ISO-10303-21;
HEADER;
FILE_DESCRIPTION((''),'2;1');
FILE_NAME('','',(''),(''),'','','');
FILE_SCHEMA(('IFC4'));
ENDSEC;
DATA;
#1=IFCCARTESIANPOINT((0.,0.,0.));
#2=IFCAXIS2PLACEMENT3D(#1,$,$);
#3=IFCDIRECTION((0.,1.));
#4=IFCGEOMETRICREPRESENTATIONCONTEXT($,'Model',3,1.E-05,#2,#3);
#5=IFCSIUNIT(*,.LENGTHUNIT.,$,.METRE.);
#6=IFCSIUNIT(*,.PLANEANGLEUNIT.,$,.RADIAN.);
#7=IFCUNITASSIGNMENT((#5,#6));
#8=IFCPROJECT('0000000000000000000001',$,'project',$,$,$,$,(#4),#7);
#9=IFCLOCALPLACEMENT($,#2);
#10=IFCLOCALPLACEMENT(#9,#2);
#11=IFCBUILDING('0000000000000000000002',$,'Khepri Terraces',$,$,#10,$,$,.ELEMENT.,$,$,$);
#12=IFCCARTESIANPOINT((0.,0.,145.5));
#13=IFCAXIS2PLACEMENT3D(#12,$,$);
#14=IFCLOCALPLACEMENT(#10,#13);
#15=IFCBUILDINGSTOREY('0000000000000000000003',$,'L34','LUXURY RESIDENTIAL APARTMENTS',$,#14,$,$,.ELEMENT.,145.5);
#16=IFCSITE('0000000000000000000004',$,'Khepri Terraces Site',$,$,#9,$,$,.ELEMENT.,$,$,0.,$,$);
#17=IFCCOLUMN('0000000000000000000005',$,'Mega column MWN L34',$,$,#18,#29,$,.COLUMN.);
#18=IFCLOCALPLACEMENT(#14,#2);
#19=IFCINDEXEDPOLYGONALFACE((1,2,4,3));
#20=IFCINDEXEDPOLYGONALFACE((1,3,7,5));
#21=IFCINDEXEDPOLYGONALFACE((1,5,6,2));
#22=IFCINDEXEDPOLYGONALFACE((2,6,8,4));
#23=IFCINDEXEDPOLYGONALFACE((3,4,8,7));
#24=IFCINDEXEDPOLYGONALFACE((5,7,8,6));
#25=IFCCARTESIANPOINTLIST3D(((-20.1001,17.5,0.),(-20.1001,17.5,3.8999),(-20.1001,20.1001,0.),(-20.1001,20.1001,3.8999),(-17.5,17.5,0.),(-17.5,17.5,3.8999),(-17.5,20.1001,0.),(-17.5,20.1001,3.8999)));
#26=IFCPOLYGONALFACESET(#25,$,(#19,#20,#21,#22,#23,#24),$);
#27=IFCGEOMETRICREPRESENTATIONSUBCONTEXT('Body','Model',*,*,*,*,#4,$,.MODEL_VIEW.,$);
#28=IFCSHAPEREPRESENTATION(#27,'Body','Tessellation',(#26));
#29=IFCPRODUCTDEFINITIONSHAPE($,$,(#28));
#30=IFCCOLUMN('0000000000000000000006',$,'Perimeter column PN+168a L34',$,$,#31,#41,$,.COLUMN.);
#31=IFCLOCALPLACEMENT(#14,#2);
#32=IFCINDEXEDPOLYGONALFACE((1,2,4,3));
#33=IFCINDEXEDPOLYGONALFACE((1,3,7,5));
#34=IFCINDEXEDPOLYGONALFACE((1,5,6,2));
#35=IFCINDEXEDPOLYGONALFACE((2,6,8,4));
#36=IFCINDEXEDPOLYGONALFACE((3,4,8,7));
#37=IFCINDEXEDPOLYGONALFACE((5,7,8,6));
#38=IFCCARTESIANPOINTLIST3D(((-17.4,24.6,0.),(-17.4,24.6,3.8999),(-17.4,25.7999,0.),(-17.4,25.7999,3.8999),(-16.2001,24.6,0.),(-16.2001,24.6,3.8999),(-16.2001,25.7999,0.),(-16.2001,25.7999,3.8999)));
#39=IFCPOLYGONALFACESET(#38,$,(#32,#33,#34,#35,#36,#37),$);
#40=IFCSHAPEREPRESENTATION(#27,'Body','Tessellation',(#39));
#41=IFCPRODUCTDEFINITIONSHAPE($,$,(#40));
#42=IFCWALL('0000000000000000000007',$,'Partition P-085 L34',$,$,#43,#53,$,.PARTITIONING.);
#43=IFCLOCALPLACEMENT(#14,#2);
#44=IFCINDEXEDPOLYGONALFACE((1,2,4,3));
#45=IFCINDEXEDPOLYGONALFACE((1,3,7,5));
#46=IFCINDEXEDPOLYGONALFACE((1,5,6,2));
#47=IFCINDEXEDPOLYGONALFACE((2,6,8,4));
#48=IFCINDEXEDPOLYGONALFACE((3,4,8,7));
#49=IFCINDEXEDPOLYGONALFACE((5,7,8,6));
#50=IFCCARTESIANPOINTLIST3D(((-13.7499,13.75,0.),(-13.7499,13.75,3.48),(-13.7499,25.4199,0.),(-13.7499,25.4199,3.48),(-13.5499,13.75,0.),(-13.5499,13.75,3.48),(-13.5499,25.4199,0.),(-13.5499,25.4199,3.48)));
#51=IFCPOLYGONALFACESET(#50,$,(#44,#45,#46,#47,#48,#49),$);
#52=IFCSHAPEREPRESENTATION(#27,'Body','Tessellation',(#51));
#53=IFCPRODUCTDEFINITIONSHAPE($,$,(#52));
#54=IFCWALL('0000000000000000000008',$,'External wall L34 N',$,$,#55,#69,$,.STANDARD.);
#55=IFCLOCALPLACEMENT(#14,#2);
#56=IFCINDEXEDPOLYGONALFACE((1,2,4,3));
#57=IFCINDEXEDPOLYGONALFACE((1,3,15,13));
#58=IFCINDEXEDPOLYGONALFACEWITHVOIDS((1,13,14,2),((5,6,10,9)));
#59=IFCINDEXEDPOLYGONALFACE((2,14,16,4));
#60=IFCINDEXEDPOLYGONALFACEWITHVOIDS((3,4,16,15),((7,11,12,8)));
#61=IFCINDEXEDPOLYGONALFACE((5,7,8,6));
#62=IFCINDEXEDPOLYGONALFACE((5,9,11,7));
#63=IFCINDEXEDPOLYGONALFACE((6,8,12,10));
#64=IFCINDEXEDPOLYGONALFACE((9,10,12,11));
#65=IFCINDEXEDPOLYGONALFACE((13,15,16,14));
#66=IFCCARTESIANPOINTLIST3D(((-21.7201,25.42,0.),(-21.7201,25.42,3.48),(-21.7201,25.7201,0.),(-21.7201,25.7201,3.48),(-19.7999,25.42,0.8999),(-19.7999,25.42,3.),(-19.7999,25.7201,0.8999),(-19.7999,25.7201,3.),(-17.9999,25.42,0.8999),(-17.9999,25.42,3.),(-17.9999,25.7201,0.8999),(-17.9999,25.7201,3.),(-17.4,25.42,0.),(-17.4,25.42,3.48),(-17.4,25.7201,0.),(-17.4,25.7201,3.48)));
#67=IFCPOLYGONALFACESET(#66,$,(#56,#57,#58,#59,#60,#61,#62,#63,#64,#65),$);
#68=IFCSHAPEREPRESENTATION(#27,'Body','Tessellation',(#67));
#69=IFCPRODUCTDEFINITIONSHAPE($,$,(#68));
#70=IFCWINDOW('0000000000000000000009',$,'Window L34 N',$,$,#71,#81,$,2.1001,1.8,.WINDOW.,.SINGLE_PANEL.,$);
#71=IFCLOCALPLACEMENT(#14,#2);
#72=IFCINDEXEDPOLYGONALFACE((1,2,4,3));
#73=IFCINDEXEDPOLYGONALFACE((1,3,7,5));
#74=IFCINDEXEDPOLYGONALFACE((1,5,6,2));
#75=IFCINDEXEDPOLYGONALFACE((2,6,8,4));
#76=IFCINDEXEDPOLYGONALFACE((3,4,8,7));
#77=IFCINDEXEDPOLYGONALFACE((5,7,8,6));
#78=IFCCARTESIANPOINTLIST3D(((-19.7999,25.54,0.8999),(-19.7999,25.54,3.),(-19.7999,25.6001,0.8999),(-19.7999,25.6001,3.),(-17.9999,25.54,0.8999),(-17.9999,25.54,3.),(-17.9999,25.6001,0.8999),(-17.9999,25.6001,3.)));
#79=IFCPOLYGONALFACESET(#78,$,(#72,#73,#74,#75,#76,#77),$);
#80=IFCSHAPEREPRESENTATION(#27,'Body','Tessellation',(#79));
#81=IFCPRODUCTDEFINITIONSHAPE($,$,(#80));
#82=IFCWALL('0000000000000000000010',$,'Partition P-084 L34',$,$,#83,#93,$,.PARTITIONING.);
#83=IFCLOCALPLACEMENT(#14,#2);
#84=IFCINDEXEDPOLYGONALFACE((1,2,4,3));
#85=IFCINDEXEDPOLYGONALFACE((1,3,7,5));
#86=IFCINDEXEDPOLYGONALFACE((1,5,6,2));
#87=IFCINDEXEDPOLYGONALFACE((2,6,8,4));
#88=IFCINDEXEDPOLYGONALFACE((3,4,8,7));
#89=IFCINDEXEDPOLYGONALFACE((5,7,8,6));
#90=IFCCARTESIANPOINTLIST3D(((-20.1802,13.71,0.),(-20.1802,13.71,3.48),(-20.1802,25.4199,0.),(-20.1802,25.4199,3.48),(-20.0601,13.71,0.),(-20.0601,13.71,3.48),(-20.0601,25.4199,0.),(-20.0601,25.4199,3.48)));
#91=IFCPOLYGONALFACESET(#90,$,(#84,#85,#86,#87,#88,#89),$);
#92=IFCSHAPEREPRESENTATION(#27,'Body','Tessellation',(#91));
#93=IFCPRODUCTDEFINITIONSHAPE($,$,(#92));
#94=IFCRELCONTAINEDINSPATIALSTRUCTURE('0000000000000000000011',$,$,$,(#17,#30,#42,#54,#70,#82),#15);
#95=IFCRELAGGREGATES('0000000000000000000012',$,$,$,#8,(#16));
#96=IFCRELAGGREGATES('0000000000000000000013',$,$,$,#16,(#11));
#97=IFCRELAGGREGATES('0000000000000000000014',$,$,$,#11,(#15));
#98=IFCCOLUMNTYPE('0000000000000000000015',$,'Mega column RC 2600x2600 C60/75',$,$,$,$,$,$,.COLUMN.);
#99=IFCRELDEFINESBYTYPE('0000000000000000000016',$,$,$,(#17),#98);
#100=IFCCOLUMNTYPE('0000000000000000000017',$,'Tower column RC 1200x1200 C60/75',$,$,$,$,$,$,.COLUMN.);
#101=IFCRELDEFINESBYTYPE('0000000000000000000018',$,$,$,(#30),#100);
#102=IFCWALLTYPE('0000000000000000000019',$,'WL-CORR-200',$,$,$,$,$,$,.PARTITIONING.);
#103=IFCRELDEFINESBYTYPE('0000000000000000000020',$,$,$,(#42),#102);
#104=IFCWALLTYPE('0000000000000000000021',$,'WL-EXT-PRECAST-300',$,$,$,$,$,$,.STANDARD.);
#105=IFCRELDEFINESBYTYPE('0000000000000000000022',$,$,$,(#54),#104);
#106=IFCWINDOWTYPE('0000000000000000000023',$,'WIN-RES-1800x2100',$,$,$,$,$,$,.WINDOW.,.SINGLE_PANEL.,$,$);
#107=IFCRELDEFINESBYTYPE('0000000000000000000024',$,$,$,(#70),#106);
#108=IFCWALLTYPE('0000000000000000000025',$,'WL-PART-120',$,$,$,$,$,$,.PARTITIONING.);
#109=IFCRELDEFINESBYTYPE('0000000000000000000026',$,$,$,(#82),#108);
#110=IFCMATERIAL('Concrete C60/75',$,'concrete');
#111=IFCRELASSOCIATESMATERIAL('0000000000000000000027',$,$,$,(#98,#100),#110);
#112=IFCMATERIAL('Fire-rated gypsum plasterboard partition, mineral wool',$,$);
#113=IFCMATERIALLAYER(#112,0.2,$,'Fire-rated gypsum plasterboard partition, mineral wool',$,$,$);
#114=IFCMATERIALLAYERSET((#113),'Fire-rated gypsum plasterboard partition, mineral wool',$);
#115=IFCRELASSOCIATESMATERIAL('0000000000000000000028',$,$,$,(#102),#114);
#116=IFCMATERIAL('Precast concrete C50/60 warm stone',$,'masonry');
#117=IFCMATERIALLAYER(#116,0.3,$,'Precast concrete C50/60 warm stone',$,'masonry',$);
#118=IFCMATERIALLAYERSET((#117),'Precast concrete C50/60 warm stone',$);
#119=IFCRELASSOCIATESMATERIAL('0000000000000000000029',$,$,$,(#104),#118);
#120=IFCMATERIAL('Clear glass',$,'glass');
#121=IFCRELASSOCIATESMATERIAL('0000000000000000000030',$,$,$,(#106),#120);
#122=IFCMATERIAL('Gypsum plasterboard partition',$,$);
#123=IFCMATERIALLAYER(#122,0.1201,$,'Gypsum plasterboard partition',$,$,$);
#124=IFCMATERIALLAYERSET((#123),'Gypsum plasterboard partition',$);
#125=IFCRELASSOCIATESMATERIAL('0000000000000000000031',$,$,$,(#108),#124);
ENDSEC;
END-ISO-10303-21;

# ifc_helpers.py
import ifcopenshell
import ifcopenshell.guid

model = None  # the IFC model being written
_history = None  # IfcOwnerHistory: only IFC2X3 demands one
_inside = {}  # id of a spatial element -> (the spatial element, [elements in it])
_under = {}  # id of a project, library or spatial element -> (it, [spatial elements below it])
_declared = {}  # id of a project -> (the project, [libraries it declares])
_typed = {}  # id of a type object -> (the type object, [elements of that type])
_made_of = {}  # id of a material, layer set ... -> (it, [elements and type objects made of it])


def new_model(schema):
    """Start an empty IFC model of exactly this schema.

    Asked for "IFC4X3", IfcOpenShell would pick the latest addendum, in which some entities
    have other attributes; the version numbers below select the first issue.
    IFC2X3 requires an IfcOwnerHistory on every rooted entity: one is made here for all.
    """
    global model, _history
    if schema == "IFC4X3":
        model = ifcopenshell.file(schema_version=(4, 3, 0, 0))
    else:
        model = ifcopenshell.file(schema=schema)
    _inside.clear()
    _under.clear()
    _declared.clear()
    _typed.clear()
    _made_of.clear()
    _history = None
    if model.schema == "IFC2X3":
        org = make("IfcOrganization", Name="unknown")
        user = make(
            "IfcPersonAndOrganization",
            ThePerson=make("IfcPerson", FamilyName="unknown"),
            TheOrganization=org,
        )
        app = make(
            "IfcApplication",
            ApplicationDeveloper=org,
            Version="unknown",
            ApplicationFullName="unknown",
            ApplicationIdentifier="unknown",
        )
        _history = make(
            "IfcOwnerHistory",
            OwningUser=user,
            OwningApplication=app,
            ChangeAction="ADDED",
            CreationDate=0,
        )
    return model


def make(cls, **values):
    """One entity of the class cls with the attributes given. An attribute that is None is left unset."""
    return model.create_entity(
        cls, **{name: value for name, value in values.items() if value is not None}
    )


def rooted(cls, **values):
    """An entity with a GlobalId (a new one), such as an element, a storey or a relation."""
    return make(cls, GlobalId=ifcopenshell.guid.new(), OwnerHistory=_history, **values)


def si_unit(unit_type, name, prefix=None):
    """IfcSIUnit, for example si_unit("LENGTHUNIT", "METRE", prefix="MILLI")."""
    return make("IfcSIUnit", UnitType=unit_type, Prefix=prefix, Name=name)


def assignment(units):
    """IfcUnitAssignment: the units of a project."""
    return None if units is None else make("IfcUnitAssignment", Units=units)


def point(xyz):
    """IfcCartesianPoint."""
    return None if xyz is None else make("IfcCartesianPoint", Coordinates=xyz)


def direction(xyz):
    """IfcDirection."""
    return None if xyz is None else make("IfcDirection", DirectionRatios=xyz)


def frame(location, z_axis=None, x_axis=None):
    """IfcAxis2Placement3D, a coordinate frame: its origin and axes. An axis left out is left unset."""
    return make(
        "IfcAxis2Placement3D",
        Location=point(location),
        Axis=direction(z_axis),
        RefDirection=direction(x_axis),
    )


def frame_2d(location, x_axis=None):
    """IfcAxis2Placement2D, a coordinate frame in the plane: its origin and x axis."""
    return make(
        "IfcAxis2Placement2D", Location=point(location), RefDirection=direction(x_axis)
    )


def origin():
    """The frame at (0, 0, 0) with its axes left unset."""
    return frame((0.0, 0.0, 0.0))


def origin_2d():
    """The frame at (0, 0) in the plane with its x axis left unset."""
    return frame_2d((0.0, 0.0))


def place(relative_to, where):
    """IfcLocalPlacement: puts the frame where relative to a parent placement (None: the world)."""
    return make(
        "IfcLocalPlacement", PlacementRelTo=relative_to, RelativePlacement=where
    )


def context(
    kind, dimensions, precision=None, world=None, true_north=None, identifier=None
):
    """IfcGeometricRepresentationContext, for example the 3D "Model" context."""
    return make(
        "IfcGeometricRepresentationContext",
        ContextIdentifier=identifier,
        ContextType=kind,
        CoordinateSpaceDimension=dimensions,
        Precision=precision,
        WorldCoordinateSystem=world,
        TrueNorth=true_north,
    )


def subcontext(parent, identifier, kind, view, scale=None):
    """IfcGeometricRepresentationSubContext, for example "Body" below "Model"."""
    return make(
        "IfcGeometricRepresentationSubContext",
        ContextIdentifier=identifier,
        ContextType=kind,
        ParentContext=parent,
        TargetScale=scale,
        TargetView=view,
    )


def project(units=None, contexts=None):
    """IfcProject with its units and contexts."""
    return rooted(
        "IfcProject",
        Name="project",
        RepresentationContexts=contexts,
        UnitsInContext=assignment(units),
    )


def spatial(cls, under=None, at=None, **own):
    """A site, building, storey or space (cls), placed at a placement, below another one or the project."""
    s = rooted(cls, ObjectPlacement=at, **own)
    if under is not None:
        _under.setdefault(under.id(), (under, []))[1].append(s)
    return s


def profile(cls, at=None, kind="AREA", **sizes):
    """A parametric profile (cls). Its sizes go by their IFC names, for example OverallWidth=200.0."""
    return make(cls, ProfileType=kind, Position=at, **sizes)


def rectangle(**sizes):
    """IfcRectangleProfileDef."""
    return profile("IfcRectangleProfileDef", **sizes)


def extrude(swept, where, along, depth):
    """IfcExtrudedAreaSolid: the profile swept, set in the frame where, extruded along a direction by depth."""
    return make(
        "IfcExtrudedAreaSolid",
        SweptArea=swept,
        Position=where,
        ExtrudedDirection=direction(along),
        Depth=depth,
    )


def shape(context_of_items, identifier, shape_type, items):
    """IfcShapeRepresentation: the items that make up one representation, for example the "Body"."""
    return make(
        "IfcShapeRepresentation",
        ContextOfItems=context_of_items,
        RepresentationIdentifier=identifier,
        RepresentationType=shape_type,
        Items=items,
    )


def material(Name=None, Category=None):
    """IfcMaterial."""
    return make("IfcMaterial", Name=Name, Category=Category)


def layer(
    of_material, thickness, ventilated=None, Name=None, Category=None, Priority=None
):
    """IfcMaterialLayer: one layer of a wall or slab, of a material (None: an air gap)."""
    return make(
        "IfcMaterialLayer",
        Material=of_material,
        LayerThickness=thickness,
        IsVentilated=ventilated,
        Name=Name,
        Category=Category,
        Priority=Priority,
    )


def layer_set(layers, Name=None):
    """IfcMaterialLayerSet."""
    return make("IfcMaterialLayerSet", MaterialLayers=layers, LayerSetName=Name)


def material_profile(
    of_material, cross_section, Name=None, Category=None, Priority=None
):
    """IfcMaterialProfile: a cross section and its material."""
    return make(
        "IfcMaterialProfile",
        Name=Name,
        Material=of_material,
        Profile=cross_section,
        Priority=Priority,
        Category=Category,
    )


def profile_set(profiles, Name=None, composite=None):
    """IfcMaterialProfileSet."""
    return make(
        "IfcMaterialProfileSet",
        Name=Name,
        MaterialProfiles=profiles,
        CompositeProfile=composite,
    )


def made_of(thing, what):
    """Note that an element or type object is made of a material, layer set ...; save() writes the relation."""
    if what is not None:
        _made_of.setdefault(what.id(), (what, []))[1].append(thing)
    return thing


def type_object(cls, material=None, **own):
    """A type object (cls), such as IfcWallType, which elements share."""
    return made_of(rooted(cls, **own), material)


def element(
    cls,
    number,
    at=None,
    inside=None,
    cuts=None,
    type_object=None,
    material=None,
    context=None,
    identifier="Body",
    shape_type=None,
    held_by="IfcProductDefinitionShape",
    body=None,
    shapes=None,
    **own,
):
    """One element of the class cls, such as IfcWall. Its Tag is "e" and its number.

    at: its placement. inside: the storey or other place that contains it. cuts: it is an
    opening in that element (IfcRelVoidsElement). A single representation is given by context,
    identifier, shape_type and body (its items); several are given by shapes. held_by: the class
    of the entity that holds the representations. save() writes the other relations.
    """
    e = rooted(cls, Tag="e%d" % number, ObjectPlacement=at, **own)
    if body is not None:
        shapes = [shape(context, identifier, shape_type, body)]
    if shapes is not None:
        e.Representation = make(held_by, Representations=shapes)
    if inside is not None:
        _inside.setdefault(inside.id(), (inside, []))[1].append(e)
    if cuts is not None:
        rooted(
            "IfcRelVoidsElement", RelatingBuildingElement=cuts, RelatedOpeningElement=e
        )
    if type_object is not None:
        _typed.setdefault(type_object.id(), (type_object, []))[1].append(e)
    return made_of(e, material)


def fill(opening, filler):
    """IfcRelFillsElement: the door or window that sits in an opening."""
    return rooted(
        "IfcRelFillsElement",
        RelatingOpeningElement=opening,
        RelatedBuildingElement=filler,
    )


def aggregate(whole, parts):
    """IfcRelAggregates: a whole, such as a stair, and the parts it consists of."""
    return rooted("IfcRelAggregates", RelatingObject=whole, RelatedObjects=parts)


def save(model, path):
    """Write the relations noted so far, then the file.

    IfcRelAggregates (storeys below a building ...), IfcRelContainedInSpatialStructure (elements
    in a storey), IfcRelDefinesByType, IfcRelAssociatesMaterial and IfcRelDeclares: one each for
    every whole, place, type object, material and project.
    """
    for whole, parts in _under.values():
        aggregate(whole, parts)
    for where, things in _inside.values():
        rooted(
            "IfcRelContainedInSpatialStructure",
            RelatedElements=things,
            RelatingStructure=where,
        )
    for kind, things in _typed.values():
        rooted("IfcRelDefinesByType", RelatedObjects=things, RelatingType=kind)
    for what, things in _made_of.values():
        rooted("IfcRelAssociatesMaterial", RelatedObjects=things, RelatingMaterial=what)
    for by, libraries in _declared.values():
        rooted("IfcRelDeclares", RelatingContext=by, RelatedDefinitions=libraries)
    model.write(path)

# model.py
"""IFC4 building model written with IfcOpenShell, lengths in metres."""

from ifc_helpers import new_model, si_unit, direction, frame, frame_2d, origin, origin_2d, place, context, subcontext, project, spatial, rectangle, extrude, material, layer, layer_set, material_profile, profile_set, type_object, element, fill, save


model = new_model("IFC4")

# Units and contexts
model_context = context("Model", 3, precision=1e-05, world=origin(), true_north=direction((0.0, 1.0)))
body_context = subcontext(model_context, "Body", "Model", "MODEL_VIEW")
ifc_project = project(units=[si_unit("LENGTHUNIT", "METRE"), si_unit("PLANEANGLEUNIT", "RADIAN")], contexts=[model_context])

# Site, building, storey
site_placement = place(None, origin())
site = spatial("IfcSite", under=ifc_project, at=site_placement, Name="Khepri Terraces Site", CompositionType="ELEMENT", RefElevation=0.0)
building_placement = place(site_placement, origin())
building = spatial("IfcBuilding", under=site, at=building_placement, Name="Khepri Terraces", CompositionType="ELEMENT")
storey_placement = place(building_placement, frame((0.0, 0.0, 145.5)))
storey = spatial("IfcBuildingStorey", under=building, at=storey_placement, Name="L34", Description="LUXURY RESIDENTIAL APARTMENTS", CompositionType="ELEMENT", Elevation=145.5)

# Columns
ifc_material_1 = material(Name="Concrete C60/75", Category="concrete")
ifc_material_profile_1 = material_profile(ifc_material_1, rectangle(XDim=2.6001, YDim=2.6001, at=origin_2d()), Name="Concrete C60/75", Category="concrete")
ifc_profile_set_1 = profile_set([ifc_material_profile_1], Name="Concrete C60/75")
column_type_1 = type_object("IfcColumnType", Name="Mega column RC 2600x2600 C60/75", PredefinedType="COLUMN", material=ifc_profile_set_1)
column_1_placement = place(storey_placement, frame((-18.8, 18.8, 0.0), z_axis=(0.0, 0.0, 1.0), x_axis=(1.0, 0.0, 0.0)))
element("IfcColumn", 1, at=column_1_placement, inside=storey, type_object=column_type_1, Name="Mega column MWN L34", PredefinedType="COLUMN", context=body_context, shape_type="SweptSolid", body=[
    extrude(rectangle(XDim=2.6001, YDim=2.6001, at=origin_2d()), origin(), (0.0, 0.0, 1.0), 3.8999),
])
ifc_material_profile_2 = material_profile(ifc_material_1, rectangle(XDim=1.2, YDim=1.2, at=origin_2d()), Name="Concrete C60/75", Category="concrete")
ifc_profile_set_2 = profile_set([ifc_material_profile_2], Name="Concrete C60/75")
column_type_2 = type_object("IfcColumnType", Name="Tower column RC 1200x1200 C60/75", PredefinedType="COLUMN", material=ifc_profile_set_2)
column_2_placement = place(storey_placement, frame((-16.8, 25.2, 0.0), z_axis=(0.0, 0.0, 1.0), x_axis=(1.0, 0.0, 0.0)))
element("IfcColumn", 2, at=column_2_placement, inside=storey, type_object=column_type_2, Name="Perimeter column PN+168a L34", PredefinedType="COLUMN", context=body_context, shape_type="SweptSolid", body=[
    extrude(rectangle(XDim=1.2, YDim=1.2, at=origin_2d()), origin(), (0.0, 0.0, 1.0), 3.8999),
])

# Wall
ifc_material_2 = material(Name="Fire-rated gypsum plasterboard partition, mineral wool")
ifc_layer_1 = layer(ifc_material_2, 0.2, Name="Fire-rated gypsum plasterboard partition, mineral wool")
ifc_layer_set_1 = layer_set([ifc_layer_1], Name="Fire-rated gypsum plasterboard partition, mineral wool")
wall_type_1 = type_object("IfcWallType", Name="WL-CORR-200", PredefinedType="PARTITIONING", material=ifc_layer_set_1)
wall_1_placement = place(storey_placement, frame((-13.6499, 13.75, 0.0), z_axis=(0.0, 0.0, 1.0), x_axis=(0.0, 1.0, 0.0)))
element("IfcWall", 3, at=wall_1_placement, inside=storey, type_object=wall_type_1, Name="Partition P-085 L34", PredefinedType="PARTITIONING", context=body_context, shape_type="SweptSolid", body=[
    extrude(rectangle(XDim=11.6699, YDim=0.2, at=frame_2d((5.835, 0.0))), origin(), (0.0, 0.0, 1.0), 3.48),
])

# Wall, opening, window
ifc_material_3 = material(Name="Precast concrete C50/60 warm stone", Category="masonry")
ifc_layer_2 = layer(ifc_material_3, 0.3, Name="Precast concrete C50/60 warm stone", Category="masonry")
ifc_layer_set_2 = layer_set([ifc_layer_2], Name="Precast concrete C50/60 warm stone")
wall_type_2 = type_object("IfcWallType", Name="WL-EXT-PRECAST-300", PredefinedType="STANDARD", material=ifc_layer_set_2)
wall_2_placement = place(storey_placement, frame((-17.3999, 25.5701, 0.0), z_axis=(0.0, 0.0, 1.0), x_axis=(-1.0, 0.0, 0.0)))
wall_2 = element("IfcWall", 4, at=wall_2_placement, inside=storey, type_object=wall_type_2, Name="External wall L34 N", PredefinedType="STANDARD", context=body_context, shape_type="SweptSolid", body=[
    extrude(rectangle(XDim=4.3201, YDim=0.3, at=frame_2d((2.1602, 0.0))), origin(), (0.0, 0.0, 1.0), 3.48),
])
opening_1_placement = place(wall_2_placement, frame((0.6001, 0.0, 0.8999)))
opening_1 = element("IfcOpeningElement", 5, at=opening_1_placement, cuts=wall_2, PredefinedType="OPENING", context=body_context, shape_type="SweptSolid", body=[
    extrude(rectangle(XDim=1.8, YDim=2.1001, at=frame_2d((0.8999, 1.05))), frame((0.0, 0.1602, 0.0), z_axis=(0.0, -1.0, 0.0), x_axis=(1.0, 0.0, 0.0)), (0.0, 0.0, 1.0), 0.3201),
])
ifc_material_4 = material(Name="Clear glass", Category="glass")
window_type = type_object("IfcWindowType", Name="WIN-RES-1800x2100", PartitioningType="SINGLE_PANEL", PredefinedType="WINDOW", material=ifc_material_4)
window_placement = place(opening_1_placement, origin())
window = element("IfcWindow", 6, at=window_placement, inside=storey, type_object=window_type, Name="Window L34 N", OverallHeight=2.1001, OverallWidth=1.8, PartitioningType="SINGLE_PANEL", PredefinedType="WINDOW", context=body_context, shape_type="SweptSolid", body=[
    extrude(rectangle(XDim=1.8, YDim=2.1001, at=frame_2d((0.8999, 1.05))), frame((0.0, 0.03, 0.0), z_axis=(0.0, -1.0, 0.0), x_axis=(1.0, 0.0, 0.0)), (0.0, 0.0, 1.0), 0.0601),
])
fill(opening_1, window)

# Wall
ifc_material_5 = material(Name="Gypsum plasterboard partition")
ifc_layer_3 = layer(ifc_material_5, 0.1201, Name="Gypsum plasterboard partition")
ifc_layer_set_3 = layer_set([ifc_layer_3], Name="Gypsum plasterboard partition")
wall_type_3 = type_object("IfcWallType", Name="WL-PART-120", PredefinedType="PARTITIONING", material=ifc_layer_set_3)
wall_3_placement = place(storey_placement, frame((-20.1201, 13.71, 0.0), z_axis=(0.0, 0.0, 1.0), x_axis=(0.0, 1.0, 0.0)))
element("IfcWall", 7, at=wall_3_placement, inside=storey, type_object=wall_type_3, Name="Partition P-084 L34", PredefinedType="PARTITIONING", context=body_context, shape_type="SweptSolid", body=[
    extrude(rectangle(XDim=11.71, YDim=0.1201, at=frame_2d((5.855, 0.0))), origin(), (0.0, 0.0, 1.0), 3.48),
])

save(model, "model.ifc")
